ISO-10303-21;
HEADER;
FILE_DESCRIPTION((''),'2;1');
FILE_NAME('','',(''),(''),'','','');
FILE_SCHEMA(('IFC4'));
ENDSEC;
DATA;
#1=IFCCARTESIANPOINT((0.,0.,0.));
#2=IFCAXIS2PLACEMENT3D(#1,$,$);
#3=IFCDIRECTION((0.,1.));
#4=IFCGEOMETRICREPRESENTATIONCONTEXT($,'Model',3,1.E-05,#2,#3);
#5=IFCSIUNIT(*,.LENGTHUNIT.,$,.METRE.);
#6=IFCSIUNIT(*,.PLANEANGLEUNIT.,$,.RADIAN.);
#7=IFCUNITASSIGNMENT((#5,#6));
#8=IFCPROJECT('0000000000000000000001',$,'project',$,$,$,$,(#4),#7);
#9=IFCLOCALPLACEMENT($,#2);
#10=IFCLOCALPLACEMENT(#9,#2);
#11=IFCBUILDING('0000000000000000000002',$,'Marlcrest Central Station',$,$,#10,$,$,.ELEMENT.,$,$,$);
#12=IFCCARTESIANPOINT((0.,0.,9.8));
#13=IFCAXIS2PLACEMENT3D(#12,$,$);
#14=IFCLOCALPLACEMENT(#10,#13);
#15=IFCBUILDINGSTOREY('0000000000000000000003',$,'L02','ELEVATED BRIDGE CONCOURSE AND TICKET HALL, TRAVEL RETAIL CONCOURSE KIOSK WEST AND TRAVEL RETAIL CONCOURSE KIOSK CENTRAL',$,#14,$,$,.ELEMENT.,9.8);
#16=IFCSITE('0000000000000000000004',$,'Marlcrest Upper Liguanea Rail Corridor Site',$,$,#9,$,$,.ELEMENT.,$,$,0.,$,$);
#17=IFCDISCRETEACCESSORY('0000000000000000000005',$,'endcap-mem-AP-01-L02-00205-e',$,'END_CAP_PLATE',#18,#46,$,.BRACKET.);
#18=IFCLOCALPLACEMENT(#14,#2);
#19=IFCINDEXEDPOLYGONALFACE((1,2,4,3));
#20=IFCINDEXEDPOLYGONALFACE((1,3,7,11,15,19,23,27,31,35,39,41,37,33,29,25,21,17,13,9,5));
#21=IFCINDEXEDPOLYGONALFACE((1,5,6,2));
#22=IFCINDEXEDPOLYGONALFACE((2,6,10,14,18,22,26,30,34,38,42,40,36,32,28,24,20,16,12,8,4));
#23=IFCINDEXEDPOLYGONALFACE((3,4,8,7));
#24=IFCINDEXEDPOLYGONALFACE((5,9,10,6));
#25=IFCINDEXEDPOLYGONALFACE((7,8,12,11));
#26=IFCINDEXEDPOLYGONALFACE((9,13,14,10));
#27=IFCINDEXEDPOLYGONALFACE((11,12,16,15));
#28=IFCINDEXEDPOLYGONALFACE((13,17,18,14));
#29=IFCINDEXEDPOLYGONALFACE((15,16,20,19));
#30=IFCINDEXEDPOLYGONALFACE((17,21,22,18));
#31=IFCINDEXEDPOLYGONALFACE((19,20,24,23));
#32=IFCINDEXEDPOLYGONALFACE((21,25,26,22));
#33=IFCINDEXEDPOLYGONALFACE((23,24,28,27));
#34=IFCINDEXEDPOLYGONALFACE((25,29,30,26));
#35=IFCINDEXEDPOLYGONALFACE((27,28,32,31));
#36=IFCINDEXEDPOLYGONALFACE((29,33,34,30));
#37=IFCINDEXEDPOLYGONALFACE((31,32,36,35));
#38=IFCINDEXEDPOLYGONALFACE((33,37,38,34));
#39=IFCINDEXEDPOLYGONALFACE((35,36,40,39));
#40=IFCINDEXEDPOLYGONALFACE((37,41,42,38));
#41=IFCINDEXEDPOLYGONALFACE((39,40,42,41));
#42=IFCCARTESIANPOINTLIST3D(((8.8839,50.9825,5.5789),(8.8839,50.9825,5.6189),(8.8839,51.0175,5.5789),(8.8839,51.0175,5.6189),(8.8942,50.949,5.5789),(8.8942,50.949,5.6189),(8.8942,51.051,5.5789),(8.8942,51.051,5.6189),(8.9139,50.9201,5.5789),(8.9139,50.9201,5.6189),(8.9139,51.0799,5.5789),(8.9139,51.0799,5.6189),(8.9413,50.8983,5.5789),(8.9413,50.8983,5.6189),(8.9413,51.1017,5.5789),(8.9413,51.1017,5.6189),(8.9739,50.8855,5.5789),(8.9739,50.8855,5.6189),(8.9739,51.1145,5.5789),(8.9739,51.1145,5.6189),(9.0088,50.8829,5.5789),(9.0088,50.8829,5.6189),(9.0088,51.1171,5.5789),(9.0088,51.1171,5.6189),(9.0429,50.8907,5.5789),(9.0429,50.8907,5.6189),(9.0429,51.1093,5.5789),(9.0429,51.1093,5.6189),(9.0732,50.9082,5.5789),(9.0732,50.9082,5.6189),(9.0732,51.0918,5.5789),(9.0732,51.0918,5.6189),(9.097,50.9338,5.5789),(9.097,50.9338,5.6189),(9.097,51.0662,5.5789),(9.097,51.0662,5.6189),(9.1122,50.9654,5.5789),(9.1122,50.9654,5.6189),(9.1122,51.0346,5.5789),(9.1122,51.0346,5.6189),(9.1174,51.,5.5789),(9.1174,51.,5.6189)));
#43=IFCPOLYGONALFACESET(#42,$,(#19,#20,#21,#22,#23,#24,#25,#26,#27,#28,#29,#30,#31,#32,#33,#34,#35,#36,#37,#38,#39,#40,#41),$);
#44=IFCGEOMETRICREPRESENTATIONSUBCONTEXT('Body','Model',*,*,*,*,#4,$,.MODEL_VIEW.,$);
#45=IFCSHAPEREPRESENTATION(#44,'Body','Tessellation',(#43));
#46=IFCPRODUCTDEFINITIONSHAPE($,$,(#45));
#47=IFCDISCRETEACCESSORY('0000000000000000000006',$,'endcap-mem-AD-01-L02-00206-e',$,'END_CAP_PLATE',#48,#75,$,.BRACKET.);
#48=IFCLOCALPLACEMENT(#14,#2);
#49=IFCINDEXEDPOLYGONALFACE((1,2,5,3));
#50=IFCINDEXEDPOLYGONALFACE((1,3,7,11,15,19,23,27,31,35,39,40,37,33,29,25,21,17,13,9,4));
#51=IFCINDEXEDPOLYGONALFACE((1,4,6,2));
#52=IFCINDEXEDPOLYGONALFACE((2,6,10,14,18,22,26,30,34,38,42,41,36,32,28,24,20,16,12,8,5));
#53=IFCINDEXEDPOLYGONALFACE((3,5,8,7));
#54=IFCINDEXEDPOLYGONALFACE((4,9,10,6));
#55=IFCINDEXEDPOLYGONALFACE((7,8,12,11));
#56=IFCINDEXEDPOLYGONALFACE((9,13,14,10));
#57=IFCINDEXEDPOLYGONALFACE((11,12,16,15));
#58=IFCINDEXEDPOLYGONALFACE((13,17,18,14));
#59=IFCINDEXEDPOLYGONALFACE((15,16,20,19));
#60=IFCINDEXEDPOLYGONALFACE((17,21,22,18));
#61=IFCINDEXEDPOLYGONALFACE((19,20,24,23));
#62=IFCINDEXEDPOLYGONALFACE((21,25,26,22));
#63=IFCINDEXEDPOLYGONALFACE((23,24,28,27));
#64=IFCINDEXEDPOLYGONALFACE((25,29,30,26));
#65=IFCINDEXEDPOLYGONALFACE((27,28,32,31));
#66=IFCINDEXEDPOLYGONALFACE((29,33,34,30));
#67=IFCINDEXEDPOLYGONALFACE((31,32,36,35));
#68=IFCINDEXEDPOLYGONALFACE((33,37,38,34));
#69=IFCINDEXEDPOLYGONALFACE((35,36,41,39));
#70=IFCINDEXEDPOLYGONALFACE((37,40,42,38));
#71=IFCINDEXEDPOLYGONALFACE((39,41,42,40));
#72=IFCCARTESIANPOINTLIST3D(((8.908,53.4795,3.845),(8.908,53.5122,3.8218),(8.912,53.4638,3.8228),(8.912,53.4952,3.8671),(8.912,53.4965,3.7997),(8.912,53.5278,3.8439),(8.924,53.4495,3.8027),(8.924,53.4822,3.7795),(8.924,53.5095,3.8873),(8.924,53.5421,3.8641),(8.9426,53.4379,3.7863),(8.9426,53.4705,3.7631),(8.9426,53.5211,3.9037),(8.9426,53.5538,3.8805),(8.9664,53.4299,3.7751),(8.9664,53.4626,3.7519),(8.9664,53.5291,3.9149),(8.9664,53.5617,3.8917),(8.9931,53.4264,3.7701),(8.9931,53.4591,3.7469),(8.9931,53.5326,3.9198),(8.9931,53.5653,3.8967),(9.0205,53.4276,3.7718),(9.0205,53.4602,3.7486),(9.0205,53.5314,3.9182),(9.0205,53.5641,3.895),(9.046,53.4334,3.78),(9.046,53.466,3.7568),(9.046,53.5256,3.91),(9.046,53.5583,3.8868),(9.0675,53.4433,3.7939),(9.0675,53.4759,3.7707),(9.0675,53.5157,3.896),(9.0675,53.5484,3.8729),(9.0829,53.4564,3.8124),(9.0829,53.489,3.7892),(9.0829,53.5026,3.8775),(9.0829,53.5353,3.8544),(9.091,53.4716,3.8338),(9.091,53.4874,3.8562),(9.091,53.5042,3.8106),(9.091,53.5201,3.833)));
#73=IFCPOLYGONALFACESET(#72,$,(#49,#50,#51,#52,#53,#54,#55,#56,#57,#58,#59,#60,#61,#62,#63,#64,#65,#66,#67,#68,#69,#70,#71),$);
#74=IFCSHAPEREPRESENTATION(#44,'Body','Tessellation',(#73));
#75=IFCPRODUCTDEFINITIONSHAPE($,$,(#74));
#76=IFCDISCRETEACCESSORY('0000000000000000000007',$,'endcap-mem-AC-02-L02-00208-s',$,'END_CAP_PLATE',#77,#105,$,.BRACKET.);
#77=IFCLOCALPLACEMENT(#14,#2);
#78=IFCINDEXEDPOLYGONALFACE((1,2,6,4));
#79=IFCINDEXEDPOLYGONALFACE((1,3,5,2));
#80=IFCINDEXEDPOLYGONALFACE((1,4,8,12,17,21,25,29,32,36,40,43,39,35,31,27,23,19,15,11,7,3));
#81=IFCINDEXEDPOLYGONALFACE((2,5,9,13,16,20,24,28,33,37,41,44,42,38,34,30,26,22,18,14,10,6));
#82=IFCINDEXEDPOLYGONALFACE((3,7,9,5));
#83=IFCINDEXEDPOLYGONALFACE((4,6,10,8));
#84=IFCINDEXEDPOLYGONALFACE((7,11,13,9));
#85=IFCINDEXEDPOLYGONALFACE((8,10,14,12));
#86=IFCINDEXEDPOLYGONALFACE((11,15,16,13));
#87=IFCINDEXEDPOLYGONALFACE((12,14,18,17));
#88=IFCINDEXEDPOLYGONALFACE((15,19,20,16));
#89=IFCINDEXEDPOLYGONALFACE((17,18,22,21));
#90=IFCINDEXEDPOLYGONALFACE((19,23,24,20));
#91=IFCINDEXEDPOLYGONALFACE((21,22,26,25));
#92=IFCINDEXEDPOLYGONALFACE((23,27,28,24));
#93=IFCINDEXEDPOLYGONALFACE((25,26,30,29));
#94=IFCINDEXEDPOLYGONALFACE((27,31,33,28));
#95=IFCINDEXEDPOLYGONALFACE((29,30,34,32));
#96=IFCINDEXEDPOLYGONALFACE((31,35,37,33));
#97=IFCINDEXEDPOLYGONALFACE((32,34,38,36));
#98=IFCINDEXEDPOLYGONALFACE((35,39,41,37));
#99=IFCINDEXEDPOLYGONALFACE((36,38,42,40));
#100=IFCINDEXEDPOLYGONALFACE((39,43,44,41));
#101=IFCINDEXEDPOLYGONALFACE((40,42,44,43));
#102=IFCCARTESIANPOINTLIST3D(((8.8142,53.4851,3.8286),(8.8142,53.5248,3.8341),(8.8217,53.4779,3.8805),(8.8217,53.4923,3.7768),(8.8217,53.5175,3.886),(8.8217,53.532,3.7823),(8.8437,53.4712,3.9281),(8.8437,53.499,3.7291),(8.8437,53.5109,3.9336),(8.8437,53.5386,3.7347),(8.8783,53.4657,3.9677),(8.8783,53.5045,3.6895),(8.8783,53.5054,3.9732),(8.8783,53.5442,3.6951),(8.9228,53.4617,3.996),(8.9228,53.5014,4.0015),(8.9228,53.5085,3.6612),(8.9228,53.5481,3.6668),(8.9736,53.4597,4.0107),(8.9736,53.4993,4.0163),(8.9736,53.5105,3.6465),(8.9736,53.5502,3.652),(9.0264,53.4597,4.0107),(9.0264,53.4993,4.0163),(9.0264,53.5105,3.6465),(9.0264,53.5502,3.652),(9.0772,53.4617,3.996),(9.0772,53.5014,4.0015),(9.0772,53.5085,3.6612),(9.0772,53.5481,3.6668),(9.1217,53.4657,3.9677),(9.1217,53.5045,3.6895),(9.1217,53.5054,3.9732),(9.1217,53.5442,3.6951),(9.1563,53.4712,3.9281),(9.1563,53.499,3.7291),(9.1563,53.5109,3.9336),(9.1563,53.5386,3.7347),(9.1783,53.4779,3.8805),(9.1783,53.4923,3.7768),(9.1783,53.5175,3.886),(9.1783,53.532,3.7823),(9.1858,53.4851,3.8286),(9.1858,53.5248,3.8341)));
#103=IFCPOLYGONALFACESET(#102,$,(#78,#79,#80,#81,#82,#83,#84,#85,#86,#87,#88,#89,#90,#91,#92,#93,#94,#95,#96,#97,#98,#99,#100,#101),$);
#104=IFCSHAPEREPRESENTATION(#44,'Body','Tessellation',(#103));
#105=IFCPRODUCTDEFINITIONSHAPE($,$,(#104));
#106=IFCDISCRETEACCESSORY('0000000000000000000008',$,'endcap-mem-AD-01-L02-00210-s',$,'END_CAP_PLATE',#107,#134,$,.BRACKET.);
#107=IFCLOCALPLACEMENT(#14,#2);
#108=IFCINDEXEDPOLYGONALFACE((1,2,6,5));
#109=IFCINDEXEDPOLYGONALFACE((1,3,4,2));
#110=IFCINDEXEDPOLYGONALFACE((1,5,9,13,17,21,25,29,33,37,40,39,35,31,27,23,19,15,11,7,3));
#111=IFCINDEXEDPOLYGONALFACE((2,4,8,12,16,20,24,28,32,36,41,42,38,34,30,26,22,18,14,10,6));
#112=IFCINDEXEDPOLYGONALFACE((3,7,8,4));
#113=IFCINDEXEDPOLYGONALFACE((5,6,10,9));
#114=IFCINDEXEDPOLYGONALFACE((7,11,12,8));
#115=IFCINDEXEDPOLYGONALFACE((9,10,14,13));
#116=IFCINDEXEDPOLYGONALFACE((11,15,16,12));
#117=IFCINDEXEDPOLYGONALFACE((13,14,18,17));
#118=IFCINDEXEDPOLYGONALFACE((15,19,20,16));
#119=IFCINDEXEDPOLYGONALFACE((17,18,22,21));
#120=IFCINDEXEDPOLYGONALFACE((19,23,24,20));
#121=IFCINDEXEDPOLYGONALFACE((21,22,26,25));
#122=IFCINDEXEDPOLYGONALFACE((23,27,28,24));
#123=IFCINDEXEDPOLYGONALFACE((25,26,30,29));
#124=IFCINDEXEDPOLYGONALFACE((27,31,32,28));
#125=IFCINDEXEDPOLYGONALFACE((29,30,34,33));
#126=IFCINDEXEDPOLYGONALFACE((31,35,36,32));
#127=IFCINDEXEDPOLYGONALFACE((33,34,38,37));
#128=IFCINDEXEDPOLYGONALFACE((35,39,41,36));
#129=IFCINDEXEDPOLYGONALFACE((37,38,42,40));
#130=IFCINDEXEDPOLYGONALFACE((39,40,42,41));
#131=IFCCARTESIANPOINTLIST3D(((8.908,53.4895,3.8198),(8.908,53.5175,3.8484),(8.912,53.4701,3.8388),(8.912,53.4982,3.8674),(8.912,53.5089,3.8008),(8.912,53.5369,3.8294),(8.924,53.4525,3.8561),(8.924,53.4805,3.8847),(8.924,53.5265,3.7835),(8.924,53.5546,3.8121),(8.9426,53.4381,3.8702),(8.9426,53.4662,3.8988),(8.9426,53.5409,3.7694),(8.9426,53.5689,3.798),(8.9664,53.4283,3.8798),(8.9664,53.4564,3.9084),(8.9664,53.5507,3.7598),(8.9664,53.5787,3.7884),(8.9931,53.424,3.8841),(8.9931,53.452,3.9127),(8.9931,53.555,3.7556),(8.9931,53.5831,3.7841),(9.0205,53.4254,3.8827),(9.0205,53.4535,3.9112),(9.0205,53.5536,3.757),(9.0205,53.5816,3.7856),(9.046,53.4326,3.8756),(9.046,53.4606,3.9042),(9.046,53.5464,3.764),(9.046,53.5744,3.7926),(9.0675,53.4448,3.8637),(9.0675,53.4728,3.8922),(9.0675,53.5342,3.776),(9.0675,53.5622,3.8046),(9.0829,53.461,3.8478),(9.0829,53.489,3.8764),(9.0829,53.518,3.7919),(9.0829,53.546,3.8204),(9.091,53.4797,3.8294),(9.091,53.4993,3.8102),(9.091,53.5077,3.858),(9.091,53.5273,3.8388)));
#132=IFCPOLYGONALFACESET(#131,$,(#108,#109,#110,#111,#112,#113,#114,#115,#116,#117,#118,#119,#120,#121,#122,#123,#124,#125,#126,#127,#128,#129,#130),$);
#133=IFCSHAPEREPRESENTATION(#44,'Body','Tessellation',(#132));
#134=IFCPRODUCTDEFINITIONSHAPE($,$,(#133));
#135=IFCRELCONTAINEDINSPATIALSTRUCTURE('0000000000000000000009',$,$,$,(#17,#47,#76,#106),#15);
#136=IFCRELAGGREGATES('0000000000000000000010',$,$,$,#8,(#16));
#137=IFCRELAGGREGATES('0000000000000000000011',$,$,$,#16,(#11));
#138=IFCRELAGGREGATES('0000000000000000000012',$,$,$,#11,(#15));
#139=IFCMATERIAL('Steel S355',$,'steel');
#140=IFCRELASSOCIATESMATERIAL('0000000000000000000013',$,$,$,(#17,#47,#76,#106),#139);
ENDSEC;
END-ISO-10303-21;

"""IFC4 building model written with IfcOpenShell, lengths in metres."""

from ifc_helpers import new_model, si_unit, direction, frame, origin, origin_2d, place, context, subcontext, project, spatial, circle, extrude, material, element, save


model = new_model("IFC4")

# Units and contexts
model_context = context("Model", 3, precision=1e-05, world=origin(), true_north=direction((0.0, 1.0)))
body_context = subcontext(model_context, "Body", "Model", "MODEL_VIEW")
ifc_project = project(units=[si_unit("LENGTHUNIT", "METRE"), si_unit("PLANEANGLEUNIT", "RADIAN")], contexts=[model_context])

# Site, building, storey
site_placement = place(None, origin())
site = spatial("IfcSite", under=ifc_project, at=site_placement, Name="Marlcrest Upper Liguanea Rail Corridor Site", CompositionType="ELEMENT", RefElevation=0.0)
building_placement = place(site_placement, origin())
building = spatial("IfcBuilding", under=site, at=building_placement, Name="Marlcrest Central Station", CompositionType="ELEMENT")
storey_placement = place(building_placement, frame((0.0, 0.0, 9.8)))
storey = spatial("IfcBuildingStorey", under=building, at=storey_placement, Name="L02", Description="ELEVATED BRIDGE CONCOURSE AND TICKET HALL, TRAVEL RETAIL CONCOURSE KIOSK WEST AND TRAVEL RETAIL CONCOURSE KIOSK CENTRAL", CompositionType="ELEMENT", Elevation=9.8)

# Shared definitions
ifc_material = material(Name="Steel S355", Category="steel")

# Discrete accessories
discrete_accessory_1_placement = place(storey_placement, frame((9.0, 51.0, 5.5789), z_axis=(0.0, 0.0, 1.0), x_axis=(1.0, 0.0, 0.0)))
element("IfcDiscreteAccessory", 1, at=discrete_accessory_1_placement, inside=storey, material=ifc_material, Name="endcap-mem-AP-01-L02-00205-e", ObjectType="END_CAP_PLATE", PredefinedType="BRACKET", context=body_context, shape_type="SweptSolid", body=[
    extrude(circle(Radius=0.1174, at=origin_2d()), origin(), (0.0, 0.0, 1.0), 0.04),
])
discrete_accessory_2_placement = place(storey_placement, frame((9.0, 53.4795, 3.845), z_axis=(0.0, 0.815661, -0.57853), x_axis=(-1.0, 0.0, 0.0)))
element("IfcDiscreteAccessory", 2, at=discrete_accessory_2_placement, inside=storey, material=ifc_material, Name="endcap-mem-AD-01-L02-00206-e", ObjectType="END_CAP_PLATE", PredefinedType="BRACKET", context=body_context, shape_type="SweptSolid", body=[
    extrude(circle(Radius=0.092, at=origin_2d()), origin(), (0.0, 0.0, 1.0), 0.04),
])
discrete_accessory_3_placement = place(storey_placement, frame((9.0, 53.4851, 3.8286), z_axis=(0.0, 0.990403, 0.138211), x_axis=(-1.0, 0.0, 0.0)))
element("IfcDiscreteAccessory", 3, at=discrete_accessory_3_placement, inside=storey, material=ifc_material, Name="endcap-mem-AC-02-L02-00208-s", ObjectType="END_CAP_PLATE", PredefinedType="BRACKET", context=body_context, shape_type="SweptSolid", body=[
    extrude(circle(Radius=0.1858, at=origin_2d()), origin(), (0.0, 0.0, 1.0), 0.04),
])
discrete_accessory_4_placement = place(storey_placement, frame((9.0, 53.4895, 3.8198), z_axis=(0.0, 0.700235, 0.713912), x_axis=(-1.0, 0.0, 0.0)))
element("IfcDiscreteAccessory", 4, at=discrete_accessory_4_placement, inside=storey, material=ifc_material, Name="endcap-mem-AD-01-L02-00210-s", ObjectType="END_CAP_PLATE", PredefinedType="BRACKET", context=body_context, shape_type="SweptSolid", body=[
    extrude(circle(Radius=0.092, at=origin_2d()), origin(), (0.0, 0.0, 1.0), 0.04),
])

save(model, "model.ifc")
